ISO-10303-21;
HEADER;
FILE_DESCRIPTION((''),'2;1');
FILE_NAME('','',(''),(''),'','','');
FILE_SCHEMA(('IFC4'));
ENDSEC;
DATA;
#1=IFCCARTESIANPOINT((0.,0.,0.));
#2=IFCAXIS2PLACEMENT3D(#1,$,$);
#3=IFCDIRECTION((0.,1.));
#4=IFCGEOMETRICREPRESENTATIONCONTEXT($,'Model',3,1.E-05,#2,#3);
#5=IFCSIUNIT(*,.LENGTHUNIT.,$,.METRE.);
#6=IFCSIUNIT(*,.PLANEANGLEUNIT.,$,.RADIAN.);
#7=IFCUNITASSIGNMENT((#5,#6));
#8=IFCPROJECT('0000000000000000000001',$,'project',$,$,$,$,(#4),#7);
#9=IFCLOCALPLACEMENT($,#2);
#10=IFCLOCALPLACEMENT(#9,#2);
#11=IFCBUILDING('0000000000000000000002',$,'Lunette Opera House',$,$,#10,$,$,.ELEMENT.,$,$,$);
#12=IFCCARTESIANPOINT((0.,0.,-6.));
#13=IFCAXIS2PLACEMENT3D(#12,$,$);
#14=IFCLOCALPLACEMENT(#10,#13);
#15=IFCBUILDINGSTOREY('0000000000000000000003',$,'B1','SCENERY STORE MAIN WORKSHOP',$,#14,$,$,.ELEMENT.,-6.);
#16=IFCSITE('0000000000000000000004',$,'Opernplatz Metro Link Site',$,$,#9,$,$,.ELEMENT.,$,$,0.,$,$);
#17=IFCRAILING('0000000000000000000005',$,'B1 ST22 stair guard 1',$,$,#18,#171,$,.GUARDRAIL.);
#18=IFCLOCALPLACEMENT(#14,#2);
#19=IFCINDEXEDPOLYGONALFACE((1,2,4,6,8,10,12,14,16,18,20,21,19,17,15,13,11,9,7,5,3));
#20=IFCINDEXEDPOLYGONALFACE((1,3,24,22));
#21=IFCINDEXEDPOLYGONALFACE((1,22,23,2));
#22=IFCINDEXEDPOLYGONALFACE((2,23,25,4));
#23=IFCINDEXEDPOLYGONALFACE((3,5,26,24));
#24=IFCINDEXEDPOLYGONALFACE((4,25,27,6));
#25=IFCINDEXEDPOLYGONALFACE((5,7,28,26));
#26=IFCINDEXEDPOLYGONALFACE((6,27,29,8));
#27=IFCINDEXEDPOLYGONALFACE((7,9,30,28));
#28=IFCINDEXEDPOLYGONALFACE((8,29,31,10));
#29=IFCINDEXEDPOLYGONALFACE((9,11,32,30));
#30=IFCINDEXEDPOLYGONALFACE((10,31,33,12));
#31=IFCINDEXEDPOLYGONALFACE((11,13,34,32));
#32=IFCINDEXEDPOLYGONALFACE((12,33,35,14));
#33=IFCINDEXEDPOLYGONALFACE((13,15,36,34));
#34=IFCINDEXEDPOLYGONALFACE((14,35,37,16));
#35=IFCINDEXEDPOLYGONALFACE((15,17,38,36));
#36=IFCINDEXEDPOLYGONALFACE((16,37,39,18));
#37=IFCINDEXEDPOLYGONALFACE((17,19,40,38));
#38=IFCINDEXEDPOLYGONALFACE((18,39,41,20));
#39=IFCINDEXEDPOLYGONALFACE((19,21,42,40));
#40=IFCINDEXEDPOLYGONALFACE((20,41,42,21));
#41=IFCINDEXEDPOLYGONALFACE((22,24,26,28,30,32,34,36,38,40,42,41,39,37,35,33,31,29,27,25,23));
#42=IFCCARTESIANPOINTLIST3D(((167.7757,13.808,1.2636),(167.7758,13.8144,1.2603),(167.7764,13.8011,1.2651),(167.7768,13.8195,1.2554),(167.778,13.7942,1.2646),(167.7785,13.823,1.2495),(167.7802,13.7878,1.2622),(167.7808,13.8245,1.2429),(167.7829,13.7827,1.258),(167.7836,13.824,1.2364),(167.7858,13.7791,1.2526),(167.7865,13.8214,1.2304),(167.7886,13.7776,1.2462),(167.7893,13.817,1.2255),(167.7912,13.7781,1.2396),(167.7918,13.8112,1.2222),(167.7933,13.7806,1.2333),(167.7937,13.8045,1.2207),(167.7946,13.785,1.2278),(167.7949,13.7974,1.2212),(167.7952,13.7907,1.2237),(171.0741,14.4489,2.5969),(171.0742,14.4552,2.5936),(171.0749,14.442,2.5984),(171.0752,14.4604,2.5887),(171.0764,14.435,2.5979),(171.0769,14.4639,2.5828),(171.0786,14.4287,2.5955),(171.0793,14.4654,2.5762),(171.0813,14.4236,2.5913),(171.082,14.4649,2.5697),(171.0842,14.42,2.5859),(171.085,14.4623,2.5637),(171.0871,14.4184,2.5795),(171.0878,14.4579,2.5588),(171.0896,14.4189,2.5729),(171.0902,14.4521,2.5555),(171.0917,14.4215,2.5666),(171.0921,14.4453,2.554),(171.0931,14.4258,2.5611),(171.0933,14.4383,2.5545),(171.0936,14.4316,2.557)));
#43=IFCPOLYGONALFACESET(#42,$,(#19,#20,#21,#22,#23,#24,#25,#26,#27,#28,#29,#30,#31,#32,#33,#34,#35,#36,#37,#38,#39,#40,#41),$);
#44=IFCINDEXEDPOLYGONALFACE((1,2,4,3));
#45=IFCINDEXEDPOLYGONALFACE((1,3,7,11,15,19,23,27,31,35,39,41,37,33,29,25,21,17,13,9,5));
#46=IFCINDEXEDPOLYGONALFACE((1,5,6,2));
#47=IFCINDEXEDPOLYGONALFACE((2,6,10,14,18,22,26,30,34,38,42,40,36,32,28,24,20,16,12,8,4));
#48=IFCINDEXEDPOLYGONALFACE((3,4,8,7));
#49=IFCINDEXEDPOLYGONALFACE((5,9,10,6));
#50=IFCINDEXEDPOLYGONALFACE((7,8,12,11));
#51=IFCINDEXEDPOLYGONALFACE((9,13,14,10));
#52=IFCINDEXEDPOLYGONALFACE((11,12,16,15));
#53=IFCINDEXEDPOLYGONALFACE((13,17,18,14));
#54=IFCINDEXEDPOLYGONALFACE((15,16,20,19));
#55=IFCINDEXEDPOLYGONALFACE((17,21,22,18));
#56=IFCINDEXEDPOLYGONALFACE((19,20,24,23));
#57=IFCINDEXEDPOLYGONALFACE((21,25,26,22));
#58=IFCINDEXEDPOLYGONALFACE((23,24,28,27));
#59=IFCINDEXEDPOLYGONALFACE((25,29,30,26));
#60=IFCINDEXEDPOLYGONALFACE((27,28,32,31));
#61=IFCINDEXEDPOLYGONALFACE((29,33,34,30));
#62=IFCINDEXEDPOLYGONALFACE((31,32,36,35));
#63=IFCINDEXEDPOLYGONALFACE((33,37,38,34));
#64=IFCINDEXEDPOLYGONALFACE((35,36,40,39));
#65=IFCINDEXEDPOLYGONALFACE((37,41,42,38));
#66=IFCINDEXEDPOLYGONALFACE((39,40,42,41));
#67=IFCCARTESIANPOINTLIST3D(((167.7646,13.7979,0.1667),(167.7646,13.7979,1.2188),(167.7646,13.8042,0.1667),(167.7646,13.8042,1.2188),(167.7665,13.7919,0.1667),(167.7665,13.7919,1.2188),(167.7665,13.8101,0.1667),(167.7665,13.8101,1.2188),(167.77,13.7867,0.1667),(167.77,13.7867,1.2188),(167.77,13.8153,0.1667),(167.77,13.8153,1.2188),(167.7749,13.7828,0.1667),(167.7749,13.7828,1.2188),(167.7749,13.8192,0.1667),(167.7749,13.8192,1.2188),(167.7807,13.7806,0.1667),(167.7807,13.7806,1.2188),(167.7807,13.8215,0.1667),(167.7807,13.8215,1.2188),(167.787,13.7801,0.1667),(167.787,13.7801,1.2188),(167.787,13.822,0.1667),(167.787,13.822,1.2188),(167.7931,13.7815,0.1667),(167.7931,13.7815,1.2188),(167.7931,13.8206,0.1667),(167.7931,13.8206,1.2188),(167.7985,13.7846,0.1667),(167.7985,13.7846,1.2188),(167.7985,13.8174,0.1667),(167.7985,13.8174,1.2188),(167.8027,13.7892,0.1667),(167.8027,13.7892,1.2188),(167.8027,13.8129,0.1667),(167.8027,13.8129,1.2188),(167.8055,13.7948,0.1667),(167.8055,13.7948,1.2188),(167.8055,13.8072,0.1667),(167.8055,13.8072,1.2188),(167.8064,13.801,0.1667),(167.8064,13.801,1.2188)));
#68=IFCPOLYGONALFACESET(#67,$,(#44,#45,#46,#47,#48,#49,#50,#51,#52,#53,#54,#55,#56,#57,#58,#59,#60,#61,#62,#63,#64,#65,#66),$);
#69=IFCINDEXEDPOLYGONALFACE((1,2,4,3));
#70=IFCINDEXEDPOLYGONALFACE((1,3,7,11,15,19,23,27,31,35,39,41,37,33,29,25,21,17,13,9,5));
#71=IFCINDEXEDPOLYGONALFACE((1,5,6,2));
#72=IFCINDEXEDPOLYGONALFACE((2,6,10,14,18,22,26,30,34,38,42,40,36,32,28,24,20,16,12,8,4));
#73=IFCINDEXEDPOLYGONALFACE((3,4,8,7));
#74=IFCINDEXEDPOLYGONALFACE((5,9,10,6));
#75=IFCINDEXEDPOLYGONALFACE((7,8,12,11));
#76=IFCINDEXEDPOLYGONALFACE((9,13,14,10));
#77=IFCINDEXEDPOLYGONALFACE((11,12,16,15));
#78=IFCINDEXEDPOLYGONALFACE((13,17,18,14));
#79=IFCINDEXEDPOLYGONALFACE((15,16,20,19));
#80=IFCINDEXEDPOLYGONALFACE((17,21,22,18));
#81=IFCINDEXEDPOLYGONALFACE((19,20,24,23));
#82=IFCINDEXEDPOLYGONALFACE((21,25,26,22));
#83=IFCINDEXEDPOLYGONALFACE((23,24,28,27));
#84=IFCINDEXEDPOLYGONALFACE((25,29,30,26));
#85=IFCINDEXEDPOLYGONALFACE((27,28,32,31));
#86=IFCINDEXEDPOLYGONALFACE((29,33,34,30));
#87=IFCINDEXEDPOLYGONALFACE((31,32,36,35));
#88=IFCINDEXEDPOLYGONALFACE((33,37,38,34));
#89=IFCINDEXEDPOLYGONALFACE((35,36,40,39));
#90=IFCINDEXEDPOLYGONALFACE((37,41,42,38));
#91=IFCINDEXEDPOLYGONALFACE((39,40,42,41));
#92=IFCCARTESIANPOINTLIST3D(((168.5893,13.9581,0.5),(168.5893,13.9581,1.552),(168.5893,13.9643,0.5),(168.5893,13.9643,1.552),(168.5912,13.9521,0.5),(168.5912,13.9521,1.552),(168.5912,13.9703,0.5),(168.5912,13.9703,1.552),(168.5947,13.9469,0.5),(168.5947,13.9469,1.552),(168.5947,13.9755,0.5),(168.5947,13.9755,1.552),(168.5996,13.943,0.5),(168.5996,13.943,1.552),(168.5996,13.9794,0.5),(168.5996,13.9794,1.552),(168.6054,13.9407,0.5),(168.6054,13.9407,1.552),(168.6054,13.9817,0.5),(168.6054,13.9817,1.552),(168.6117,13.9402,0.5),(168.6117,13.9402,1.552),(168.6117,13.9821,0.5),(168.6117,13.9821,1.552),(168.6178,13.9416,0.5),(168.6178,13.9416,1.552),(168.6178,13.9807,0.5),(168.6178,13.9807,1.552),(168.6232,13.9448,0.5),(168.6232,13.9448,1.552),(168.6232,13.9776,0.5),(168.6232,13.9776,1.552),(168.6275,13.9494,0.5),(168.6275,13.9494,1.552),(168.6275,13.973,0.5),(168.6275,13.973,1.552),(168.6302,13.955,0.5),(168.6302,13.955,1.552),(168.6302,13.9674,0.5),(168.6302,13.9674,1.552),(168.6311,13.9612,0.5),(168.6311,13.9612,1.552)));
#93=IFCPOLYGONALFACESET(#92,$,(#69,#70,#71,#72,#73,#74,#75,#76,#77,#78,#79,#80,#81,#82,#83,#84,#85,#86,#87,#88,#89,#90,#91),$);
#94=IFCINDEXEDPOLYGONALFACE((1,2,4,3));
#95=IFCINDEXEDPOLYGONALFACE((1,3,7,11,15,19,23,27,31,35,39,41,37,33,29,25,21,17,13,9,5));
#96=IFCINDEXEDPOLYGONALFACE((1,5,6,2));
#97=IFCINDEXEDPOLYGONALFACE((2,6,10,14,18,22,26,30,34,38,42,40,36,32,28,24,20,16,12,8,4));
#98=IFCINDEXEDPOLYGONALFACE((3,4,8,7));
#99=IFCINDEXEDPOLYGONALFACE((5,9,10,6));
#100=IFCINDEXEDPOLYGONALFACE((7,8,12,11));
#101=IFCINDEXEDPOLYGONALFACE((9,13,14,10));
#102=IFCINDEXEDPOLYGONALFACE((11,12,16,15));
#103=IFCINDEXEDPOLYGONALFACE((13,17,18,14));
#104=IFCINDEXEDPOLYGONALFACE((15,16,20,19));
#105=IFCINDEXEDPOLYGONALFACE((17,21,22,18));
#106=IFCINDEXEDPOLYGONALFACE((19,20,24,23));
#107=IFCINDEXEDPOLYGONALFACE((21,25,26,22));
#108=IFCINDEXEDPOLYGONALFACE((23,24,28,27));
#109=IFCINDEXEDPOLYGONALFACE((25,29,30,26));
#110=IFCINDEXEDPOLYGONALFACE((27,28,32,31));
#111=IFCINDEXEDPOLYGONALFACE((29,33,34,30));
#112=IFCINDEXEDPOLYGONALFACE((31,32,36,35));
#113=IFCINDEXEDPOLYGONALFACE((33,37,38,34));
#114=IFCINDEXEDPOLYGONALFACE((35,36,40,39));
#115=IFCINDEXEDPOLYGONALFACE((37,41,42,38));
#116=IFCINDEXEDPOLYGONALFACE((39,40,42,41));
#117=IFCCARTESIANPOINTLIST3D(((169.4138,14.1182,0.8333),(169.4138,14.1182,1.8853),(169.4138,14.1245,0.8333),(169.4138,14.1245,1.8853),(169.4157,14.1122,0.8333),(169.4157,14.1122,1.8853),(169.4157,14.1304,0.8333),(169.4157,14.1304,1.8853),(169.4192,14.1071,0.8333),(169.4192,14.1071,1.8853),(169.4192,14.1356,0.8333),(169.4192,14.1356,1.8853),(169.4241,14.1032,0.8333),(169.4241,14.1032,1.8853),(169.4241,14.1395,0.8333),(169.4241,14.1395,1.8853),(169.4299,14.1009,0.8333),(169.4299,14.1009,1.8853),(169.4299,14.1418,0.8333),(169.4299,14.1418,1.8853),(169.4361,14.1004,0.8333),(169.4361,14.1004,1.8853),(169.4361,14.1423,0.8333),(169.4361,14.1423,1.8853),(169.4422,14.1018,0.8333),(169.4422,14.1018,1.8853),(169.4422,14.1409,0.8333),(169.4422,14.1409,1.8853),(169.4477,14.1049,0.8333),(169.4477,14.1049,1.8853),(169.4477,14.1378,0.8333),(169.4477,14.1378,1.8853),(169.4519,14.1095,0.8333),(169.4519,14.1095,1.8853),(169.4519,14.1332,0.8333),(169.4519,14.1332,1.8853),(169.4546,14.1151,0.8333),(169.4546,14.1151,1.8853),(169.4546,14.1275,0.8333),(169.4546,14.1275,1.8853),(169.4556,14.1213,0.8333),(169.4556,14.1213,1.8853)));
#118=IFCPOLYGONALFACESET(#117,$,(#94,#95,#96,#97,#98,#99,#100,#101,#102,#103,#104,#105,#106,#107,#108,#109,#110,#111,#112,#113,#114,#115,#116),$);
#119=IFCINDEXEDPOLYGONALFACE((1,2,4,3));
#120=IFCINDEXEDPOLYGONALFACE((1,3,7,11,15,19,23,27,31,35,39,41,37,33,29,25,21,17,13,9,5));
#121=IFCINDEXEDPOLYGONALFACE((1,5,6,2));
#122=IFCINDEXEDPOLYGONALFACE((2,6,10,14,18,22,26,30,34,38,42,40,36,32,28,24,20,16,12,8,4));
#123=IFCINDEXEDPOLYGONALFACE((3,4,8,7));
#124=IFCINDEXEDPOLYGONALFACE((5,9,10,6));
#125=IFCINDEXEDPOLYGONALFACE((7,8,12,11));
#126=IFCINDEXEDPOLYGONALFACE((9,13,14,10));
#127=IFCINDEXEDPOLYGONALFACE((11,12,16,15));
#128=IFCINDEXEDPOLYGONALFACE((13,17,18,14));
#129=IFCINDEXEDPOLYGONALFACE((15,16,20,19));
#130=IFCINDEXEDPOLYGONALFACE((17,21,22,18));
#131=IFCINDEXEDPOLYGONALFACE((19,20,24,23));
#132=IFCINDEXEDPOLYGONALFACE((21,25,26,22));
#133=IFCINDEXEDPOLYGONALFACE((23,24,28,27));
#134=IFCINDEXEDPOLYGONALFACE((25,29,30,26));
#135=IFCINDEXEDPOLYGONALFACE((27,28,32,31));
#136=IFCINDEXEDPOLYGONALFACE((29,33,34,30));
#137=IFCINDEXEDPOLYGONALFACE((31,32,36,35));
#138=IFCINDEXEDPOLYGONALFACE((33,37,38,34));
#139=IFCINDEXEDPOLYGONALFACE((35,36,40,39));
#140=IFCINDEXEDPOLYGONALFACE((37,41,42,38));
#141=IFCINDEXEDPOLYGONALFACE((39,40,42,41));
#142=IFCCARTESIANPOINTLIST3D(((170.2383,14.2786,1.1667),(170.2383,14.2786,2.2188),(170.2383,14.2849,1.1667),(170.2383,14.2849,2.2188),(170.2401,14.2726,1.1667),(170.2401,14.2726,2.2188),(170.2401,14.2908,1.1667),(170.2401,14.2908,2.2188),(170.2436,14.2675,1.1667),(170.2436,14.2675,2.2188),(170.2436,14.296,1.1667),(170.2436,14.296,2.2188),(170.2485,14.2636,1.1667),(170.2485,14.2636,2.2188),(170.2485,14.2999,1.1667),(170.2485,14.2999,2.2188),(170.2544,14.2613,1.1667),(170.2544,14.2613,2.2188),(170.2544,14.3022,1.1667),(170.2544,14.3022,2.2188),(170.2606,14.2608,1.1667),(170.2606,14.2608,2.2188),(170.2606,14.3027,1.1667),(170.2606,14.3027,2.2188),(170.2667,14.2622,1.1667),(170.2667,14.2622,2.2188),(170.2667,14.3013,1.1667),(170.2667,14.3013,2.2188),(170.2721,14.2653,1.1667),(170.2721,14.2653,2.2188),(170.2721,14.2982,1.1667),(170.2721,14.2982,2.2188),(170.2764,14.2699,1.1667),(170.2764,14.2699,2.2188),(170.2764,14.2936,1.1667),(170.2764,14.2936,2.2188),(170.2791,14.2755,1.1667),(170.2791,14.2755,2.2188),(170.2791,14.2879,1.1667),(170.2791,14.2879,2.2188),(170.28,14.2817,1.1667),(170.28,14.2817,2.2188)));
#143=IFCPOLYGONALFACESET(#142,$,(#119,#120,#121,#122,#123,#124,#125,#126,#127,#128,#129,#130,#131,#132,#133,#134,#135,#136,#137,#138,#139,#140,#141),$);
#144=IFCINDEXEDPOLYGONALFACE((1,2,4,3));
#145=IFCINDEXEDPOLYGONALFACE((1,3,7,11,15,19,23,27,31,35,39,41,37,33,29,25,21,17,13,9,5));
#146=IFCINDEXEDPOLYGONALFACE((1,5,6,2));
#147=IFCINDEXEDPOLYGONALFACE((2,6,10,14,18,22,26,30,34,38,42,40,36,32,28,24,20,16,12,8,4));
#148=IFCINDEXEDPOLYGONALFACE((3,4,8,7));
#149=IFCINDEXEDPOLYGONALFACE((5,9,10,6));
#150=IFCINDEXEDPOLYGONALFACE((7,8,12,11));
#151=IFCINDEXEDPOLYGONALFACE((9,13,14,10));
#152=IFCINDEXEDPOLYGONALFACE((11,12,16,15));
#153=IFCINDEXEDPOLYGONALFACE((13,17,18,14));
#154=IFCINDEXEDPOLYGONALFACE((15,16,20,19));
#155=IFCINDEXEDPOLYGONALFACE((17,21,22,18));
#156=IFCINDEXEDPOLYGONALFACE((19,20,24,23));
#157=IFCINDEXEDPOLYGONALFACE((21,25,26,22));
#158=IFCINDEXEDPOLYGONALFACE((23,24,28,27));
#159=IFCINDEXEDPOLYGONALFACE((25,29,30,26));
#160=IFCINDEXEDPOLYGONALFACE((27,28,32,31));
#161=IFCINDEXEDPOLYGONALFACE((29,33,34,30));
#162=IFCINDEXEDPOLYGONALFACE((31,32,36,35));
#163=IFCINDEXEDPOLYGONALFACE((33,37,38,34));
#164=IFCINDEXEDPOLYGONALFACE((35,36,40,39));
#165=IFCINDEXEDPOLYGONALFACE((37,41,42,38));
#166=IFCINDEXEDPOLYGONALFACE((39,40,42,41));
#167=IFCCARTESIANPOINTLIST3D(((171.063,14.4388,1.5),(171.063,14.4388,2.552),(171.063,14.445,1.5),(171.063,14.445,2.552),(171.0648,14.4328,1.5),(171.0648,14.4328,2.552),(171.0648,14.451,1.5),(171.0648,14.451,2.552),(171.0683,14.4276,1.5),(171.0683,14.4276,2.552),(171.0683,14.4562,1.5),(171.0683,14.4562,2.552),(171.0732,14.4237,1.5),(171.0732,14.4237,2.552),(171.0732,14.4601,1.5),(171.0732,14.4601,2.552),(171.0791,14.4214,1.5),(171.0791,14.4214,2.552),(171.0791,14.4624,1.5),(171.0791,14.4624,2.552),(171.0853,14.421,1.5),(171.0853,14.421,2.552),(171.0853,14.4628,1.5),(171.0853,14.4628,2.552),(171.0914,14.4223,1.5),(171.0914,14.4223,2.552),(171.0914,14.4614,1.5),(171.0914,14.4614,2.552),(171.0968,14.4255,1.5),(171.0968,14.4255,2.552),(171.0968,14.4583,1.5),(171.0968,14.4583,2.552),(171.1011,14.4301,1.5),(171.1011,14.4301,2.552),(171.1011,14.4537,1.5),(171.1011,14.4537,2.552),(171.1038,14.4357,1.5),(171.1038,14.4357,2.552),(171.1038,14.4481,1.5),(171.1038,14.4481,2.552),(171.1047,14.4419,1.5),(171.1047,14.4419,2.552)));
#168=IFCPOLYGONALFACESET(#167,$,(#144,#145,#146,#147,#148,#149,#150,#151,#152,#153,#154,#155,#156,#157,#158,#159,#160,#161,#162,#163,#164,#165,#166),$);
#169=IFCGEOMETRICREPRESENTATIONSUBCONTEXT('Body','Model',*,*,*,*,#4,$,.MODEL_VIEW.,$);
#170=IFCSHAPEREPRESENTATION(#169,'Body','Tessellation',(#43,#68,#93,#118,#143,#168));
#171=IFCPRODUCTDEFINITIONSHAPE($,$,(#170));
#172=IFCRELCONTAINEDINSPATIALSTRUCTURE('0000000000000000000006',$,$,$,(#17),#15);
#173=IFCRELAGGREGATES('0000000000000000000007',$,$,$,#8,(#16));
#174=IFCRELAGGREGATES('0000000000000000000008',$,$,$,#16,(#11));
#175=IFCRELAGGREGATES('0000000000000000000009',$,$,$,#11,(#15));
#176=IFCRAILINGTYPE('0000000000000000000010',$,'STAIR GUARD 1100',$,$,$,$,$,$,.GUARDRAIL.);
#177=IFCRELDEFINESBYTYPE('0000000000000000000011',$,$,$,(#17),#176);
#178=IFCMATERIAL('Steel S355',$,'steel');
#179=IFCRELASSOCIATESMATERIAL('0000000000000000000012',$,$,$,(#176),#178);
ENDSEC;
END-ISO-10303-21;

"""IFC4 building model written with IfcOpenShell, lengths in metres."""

from ifc_helpers import new_model, si_unit, direction, frame, origin, origin_2d, place, context, subcontext, project, spatial, circle, extrude, material, type_object, element, save


model = new_model("IFC4")

# Units and contexts
model_context = context("Model", 3, precision=1e-05, world=origin(), true_north=direction((0.0, 1.0)))
body_context = subcontext(model_context, "Body", "Model", "MODEL_VIEW")
ifc_project = project(units=[si_unit("LENGTHUNIT", "METRE"), si_unit("PLANEANGLEUNIT", "RADIAN")], contexts=[model_context])

# Site, building, storey
site_placement = place(None, origin())
site = spatial("IfcSite", under=ifc_project, at=site_placement, Name="Opernplatz Metro Link Site", CompositionType="ELEMENT", RefElevation=0.0)
building_placement = place(site_placement, origin())
building = spatial("IfcBuilding", under=site, at=building_placement, Name="Lunette Opera House", CompositionType="ELEMENT")
storey_placement = place(building_placement, frame((0.0, 0.0, -6.0)))
storey = spatial("IfcBuildingStorey", under=building, at=storey_placement, Name="B1", Description="SCENERY STORE MAIN WORKSHOP", CompositionType="ELEMENT", Elevation=-6.0)

# Railing
ifc_material_1 = material(Name="Steel S355", Category="steel")
railing_type_1 = type_object("IfcRailingType", Name="STAIR GUARD 1100", PredefinedType="GUARDRAIL", material=ifc_material_1)
railing_1_placement = place(storey_placement, frame((167.7854, 13.801, 0.1667)))
element("IfcRailing", 1, at=railing_1_placement, inside=storey, type_object=railing_type_1, Name="B1 ST22 stair guard 1", PredefinedType="GUARDRAIL", context=body_context, shape_type="SweptSolid", body=[
    extrude(circle(Radius=0.0239, at=origin_2d()), frame((0.0, 0.0, 1.0762), z_axis=(0.912435, 0.177287, 0.368824), x_axis=(-0.190734, 0.981642, 0.0)), (0.0, 0.0, 1.0), 3.615),
    extrude(circle(Radius=0.021, at=origin_2d()), origin(), (0.0, 0.0, 1.0), 1.052),
    extrude(circle(Radius=0.021, at=origin_2d()), frame((0.8247, 0.1602, 0.3333)), (0.0, 0.0, 1.0), 1.052),
    extrude(circle(Radius=0.021, at=origin_2d()), frame((1.6492, 0.3203, 0.6665)), (0.0, 0.0, 1.0), 1.052),
    extrude(circle(Radius=0.021, at=origin_2d()), frame((2.4736, 0.4807, 1.0)), (0.0, 0.0, 1.0), 1.052),
    extrude(circle(Radius=0.021, at=origin_2d()), frame((3.2983, 0.6409, 1.3333)), (0.0, 0.0, 1.0), 1.052),
])

save(model, "model.ifc")
